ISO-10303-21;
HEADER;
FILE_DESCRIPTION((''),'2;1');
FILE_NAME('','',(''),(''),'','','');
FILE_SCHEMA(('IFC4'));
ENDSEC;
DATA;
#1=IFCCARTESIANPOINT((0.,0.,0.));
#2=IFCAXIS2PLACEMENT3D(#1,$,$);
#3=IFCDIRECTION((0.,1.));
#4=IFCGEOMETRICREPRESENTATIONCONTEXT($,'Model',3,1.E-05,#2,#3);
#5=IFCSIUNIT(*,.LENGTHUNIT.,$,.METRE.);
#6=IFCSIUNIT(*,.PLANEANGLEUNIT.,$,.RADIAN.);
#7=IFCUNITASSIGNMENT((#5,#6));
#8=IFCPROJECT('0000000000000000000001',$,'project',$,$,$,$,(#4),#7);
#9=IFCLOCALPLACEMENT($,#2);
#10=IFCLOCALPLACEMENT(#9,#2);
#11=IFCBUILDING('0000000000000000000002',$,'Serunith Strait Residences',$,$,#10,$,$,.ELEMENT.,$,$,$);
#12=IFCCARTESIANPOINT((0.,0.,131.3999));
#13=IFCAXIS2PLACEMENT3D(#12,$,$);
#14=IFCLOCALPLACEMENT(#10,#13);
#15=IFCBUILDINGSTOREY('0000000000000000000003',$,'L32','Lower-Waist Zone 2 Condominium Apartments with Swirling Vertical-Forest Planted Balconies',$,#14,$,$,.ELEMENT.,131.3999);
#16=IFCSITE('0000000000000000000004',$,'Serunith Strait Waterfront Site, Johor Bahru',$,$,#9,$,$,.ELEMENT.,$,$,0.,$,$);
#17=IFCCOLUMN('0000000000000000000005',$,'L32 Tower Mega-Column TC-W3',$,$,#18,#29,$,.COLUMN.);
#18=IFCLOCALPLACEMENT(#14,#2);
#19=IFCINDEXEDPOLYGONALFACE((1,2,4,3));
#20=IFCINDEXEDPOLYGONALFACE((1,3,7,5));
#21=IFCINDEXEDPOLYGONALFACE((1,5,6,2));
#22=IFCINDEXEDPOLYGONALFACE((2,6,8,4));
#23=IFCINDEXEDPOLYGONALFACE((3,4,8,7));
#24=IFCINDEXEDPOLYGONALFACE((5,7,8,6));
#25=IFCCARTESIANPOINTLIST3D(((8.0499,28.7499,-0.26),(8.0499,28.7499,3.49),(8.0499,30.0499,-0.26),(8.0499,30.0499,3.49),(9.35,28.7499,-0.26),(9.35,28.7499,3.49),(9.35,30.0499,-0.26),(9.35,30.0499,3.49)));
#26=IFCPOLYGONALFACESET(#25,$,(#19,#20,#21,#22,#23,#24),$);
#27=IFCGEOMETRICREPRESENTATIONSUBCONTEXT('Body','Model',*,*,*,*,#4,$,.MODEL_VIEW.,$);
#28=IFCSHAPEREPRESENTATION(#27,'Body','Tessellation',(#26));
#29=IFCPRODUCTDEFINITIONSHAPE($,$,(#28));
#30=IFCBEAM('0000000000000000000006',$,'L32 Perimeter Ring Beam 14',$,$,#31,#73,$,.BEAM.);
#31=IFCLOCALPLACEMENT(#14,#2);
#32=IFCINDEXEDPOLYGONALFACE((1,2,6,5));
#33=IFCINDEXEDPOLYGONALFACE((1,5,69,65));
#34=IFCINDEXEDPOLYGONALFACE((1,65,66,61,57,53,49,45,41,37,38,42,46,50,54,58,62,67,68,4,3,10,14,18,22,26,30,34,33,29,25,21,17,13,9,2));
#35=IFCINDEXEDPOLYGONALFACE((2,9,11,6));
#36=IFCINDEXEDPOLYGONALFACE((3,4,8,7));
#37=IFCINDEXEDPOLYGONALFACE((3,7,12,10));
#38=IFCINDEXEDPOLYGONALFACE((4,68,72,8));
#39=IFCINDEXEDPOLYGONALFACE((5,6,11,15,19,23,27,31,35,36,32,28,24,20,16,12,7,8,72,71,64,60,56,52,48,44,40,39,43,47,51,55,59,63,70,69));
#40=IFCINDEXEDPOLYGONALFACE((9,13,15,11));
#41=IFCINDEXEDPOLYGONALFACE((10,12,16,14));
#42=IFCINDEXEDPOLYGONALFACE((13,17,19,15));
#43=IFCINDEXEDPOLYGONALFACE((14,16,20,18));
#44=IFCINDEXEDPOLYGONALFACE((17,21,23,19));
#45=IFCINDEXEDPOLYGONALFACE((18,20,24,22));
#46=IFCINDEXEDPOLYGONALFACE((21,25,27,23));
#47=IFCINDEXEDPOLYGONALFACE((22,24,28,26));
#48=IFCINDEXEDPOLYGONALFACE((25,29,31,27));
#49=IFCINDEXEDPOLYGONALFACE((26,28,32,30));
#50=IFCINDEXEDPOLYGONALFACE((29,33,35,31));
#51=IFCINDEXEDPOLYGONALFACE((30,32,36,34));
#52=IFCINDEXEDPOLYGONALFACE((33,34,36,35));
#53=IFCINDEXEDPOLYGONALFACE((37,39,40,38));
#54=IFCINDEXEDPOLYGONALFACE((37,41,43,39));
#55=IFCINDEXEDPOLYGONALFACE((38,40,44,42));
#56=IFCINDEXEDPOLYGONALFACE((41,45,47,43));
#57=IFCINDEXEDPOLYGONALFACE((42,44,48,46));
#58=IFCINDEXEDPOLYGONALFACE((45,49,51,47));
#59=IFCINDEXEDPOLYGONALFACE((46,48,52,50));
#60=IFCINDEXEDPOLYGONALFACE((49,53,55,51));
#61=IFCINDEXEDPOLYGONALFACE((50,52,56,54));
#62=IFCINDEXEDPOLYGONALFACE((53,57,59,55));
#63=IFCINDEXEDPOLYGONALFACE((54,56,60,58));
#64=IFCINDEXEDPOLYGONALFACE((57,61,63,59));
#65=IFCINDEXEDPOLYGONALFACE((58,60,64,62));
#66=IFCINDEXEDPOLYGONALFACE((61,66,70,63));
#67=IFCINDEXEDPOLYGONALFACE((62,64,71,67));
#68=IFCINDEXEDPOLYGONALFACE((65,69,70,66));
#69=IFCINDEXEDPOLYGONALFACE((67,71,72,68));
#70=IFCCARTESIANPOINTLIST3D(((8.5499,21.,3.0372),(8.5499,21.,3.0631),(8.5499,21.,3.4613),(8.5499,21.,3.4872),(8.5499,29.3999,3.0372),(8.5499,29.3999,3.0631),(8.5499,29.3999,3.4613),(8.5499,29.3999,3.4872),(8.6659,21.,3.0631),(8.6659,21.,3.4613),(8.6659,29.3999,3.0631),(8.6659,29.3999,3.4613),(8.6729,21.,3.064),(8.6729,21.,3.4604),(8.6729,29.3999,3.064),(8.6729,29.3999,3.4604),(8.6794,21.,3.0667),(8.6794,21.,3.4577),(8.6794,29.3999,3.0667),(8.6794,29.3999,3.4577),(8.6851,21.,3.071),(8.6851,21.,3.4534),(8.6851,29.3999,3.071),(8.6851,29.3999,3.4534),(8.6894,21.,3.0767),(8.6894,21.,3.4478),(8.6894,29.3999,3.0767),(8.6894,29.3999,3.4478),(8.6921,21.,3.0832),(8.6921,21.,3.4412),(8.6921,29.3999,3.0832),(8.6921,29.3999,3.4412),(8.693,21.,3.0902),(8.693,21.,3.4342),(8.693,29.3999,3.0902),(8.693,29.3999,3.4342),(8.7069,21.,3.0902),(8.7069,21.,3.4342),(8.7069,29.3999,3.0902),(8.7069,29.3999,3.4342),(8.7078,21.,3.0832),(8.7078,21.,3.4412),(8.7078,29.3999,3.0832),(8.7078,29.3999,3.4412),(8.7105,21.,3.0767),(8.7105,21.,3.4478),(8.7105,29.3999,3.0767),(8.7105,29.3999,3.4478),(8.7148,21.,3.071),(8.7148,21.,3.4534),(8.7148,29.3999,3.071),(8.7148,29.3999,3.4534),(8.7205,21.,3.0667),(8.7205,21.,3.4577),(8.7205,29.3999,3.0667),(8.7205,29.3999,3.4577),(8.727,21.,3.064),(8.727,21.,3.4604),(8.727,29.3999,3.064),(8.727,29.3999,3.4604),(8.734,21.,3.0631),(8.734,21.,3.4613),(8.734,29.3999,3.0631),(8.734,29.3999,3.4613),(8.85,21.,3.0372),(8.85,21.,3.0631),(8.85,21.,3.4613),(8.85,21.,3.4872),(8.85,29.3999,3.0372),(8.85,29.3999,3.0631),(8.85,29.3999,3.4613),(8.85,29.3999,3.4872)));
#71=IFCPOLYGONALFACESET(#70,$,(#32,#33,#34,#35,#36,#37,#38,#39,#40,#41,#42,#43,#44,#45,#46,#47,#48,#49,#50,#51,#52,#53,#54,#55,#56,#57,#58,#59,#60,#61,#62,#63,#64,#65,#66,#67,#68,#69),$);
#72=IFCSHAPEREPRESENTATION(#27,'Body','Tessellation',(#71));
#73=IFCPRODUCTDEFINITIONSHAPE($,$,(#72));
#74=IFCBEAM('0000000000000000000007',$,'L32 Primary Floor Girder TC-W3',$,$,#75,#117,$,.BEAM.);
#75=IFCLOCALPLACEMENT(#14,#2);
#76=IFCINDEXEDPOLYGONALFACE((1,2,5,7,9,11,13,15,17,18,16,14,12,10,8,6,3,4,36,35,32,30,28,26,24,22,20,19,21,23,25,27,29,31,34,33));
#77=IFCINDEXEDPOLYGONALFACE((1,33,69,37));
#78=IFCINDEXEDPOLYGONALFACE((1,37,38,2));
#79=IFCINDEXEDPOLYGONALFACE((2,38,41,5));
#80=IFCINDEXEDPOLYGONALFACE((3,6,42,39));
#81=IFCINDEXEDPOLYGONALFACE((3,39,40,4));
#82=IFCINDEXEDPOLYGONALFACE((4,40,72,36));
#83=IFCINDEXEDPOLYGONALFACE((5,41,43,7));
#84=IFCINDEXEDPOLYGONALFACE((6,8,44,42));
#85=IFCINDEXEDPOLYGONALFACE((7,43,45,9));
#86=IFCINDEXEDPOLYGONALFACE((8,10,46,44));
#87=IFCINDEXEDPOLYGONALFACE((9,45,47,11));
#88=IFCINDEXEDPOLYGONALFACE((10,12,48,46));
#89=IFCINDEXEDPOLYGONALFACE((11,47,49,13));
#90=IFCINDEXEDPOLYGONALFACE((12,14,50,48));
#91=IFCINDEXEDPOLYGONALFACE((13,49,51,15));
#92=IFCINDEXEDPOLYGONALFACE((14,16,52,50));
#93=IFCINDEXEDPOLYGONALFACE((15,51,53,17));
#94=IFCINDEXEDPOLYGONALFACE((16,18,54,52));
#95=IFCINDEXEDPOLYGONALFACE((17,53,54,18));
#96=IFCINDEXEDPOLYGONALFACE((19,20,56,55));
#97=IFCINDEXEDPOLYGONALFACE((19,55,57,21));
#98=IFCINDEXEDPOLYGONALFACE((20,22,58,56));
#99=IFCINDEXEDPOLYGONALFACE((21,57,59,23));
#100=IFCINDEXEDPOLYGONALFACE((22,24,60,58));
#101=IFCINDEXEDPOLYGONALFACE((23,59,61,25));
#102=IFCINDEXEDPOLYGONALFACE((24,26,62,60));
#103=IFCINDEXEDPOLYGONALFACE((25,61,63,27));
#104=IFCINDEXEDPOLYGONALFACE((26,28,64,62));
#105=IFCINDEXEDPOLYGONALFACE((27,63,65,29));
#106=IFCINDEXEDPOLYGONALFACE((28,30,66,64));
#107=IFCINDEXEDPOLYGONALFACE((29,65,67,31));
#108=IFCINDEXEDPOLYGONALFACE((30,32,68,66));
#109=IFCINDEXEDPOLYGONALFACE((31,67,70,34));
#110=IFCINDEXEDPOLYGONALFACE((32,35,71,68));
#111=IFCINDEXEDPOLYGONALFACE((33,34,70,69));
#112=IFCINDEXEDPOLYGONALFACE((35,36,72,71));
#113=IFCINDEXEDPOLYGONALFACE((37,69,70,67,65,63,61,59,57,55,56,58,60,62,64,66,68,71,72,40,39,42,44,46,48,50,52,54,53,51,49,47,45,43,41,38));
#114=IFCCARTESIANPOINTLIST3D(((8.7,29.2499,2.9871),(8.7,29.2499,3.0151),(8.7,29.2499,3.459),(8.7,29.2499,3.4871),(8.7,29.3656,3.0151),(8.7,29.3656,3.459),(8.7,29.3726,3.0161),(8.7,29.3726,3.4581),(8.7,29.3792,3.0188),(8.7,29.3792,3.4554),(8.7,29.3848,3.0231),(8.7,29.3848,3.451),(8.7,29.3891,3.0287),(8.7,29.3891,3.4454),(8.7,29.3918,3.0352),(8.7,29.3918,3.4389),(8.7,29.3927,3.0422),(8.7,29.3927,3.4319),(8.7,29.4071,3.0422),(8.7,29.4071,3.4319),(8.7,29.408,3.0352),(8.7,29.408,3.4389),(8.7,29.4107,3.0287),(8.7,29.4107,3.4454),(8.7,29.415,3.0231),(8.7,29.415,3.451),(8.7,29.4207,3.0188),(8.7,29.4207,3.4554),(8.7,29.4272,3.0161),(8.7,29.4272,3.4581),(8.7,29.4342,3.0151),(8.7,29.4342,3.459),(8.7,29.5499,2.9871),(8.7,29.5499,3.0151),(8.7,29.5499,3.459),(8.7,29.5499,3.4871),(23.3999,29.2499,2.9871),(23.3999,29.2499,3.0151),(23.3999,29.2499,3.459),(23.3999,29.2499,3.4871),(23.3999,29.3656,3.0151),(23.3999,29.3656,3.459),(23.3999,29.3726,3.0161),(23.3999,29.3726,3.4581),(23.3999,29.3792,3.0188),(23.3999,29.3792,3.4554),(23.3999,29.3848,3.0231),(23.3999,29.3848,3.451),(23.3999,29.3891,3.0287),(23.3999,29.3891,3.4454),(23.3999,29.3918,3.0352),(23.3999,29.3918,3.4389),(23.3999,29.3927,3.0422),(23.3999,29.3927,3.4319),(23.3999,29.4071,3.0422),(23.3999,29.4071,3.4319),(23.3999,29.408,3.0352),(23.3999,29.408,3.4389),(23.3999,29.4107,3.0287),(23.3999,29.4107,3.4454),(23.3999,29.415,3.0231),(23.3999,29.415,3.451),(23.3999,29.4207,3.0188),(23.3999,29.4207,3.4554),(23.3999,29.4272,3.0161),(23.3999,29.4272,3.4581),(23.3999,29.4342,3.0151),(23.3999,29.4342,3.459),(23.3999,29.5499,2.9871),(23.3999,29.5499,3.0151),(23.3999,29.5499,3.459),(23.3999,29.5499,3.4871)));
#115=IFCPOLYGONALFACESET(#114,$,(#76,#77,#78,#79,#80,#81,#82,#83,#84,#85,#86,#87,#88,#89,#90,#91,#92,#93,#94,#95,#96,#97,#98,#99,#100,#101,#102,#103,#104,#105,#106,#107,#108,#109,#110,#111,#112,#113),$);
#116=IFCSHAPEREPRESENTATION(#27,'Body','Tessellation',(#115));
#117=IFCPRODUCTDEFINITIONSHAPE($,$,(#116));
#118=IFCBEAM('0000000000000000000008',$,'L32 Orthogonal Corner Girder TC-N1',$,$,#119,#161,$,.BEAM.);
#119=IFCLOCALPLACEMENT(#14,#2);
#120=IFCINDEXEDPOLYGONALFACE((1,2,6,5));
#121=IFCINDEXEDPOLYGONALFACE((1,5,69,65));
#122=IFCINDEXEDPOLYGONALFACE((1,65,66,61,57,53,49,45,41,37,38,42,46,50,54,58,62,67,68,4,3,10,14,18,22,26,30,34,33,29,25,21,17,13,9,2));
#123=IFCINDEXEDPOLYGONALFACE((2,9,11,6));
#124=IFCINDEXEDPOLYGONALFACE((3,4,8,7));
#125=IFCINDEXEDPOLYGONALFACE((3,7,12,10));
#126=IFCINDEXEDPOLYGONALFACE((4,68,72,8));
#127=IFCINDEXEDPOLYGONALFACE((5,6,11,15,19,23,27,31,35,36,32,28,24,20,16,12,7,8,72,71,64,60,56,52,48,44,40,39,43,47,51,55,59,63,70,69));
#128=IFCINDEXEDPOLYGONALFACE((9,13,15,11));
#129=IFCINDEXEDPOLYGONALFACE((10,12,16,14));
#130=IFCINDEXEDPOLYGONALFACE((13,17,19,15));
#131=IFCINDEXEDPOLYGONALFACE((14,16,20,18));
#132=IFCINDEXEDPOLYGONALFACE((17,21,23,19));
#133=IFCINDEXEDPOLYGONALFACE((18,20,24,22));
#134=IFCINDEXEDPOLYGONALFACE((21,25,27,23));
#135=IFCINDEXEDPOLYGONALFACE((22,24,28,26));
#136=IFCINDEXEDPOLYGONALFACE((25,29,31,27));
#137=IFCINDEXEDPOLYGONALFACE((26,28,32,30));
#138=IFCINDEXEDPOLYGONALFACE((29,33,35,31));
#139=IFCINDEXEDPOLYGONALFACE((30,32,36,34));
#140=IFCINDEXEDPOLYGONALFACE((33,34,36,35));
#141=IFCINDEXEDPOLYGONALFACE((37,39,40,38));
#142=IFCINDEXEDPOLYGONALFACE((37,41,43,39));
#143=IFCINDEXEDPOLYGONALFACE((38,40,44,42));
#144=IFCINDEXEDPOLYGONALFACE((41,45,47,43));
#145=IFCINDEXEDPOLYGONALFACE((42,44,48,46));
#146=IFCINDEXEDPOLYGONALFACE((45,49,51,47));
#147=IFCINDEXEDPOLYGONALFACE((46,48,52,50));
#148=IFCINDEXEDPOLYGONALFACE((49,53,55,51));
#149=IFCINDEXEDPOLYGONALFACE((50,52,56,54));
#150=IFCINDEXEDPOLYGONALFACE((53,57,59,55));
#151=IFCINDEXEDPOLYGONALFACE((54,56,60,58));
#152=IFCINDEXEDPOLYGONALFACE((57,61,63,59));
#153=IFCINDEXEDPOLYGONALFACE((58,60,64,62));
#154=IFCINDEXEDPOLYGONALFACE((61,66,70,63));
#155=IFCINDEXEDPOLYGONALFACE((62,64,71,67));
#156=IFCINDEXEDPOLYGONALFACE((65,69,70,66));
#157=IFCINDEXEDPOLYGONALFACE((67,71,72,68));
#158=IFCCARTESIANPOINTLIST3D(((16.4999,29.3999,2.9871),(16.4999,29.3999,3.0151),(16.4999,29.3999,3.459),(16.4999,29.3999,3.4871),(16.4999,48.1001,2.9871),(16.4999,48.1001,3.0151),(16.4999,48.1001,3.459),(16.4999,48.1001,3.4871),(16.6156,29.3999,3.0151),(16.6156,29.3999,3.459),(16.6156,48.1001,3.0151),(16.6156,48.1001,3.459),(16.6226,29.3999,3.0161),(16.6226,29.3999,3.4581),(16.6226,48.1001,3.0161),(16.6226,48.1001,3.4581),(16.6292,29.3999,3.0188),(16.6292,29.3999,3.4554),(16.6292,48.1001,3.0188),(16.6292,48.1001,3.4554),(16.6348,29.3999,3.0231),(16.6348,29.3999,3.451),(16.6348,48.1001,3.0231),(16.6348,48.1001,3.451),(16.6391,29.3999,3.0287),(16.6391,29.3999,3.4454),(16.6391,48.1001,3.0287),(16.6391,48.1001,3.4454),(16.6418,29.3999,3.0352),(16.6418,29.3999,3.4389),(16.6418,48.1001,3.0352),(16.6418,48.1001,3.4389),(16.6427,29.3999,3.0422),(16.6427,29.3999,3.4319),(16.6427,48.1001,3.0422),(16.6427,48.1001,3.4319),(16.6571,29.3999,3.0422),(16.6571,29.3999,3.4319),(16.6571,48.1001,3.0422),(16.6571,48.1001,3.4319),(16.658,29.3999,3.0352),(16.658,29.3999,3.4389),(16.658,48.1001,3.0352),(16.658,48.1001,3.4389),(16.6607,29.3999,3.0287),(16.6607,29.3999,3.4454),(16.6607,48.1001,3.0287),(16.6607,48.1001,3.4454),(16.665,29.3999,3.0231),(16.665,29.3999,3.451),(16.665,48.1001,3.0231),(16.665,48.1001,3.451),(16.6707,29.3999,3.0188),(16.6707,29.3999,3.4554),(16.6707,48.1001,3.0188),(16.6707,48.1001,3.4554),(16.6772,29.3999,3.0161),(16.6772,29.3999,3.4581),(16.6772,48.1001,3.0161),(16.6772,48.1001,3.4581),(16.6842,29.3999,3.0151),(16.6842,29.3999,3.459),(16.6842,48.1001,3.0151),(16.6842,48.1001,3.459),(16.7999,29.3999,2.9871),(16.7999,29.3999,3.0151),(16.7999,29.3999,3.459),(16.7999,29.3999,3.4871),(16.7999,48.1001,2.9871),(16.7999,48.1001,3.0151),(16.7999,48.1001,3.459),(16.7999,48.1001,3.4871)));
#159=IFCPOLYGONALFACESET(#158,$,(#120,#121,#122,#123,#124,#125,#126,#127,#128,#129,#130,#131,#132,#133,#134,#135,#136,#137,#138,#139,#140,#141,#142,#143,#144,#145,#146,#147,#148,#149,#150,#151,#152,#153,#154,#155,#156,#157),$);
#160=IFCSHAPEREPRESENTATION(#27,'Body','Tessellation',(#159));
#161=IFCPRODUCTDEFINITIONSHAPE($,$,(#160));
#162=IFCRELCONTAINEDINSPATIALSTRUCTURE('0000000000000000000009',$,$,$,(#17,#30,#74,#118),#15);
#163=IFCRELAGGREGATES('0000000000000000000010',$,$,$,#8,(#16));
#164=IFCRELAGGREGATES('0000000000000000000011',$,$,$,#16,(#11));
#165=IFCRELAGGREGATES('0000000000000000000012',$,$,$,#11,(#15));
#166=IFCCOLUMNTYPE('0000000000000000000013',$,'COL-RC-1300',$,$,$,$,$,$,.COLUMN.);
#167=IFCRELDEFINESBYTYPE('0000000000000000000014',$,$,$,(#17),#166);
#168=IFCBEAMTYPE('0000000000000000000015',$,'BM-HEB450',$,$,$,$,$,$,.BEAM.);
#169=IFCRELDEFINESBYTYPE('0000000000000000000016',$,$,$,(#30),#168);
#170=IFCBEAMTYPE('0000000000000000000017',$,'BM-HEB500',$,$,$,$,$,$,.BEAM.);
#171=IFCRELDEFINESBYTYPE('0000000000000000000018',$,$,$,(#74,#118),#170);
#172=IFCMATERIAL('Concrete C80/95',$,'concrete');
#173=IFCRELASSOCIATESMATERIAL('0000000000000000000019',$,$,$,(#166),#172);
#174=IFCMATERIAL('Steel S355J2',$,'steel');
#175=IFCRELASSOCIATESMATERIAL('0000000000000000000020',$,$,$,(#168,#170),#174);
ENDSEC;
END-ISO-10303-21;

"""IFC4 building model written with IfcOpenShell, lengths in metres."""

from ifc_helpers import new_model, si_unit, direction, frame, origin, origin_2d, place, context, subcontext, project, spatial, rectangle, i_section, extrude, source, transform, mapped, material, material_profile, profile_set, type_object, element, save


model = new_model("IFC4")

# Units and contexts
model_context = context("Model", 3, precision=1e-05, world=origin(), true_north=direction((0.0, 1.0)))
body_context = subcontext(model_context, "Body", "Model", "MODEL_VIEW")
ifc_project = project(units=[si_unit("LENGTHUNIT", "METRE"), si_unit("PLANEANGLEUNIT", "RADIAN")], contexts=[model_context])

# Site, building, storey
site_placement = place(None, origin())
site = spatial("IfcSite", under=ifc_project, at=site_placement, Name="Serunith Strait Waterfront Site, Johor Bahru", CompositionType="ELEMENT", RefElevation=0.0)
building_placement = place(site_placement, origin())
building = spatial("IfcBuilding", under=site, at=building_placement, Name="Serunith Strait Residences", CompositionType="ELEMENT")
storey_placement = place(building_placement, frame((0.0, 0.0, 131.3999)))
storey = spatial("IfcBuildingStorey", under=building, at=storey_placement, Name="L32", Description="Lower-Waist Zone 2 Condominium Apartments with Swirling Vertical-Forest Planted Balconies", CompositionType="ELEMENT", Elevation=131.3999)

# Column
ifc_material_1 = material(Name="Concrete C80/95", Category="concrete")
ifc_material_profile_1 = material_profile(ifc_material_1, rectangle(XDim=1.3, YDim=1.3, at=origin_2d()), Name="RC 1300x1300")
ifc_profile_set_1 = profile_set([ifc_material_profile_1], Name="Concrete C80/95")
column_type = type_object("IfcColumnType", Name="COL-RC-1300", PredefinedType="COLUMN", material=ifc_profile_set_1)
shared_shape_1 = source(origin(), body_context, "Body", "SweptSolid", [
    extrude(rectangle(XDim=1.3, YDim=1.3, at=origin_2d()), origin(), (0.0, 0.0, 1.0), 3.75),
])
column_placement = place(storey_placement, frame((8.7, 29.3999, -0.26), z_axis=(0.0, 0.0, 1.0), x_axis=(1.0, 0.0, 0.0)))
element("IfcColumn", 1, at=column_placement, inside=storey, type_object=column_type, Name="L32 Tower Mega-Column TC-W3", PredefinedType="COLUMN", context=body_context, shape_type="MappedRepresentation", body=[
    mapped(shared_shape_1, transform((0.0, 0.0, 0.0), scale=1.0)),
])

# Beams
ifc_material_2 = material(Name="Steel S355J2", Category="steel")
ifc_material_profile_2 = material_profile(ifc_material_2, i_section(OverallWidth=0.3, OverallDepth=0.45, WebThickness=0.0139, FlangeThickness=0.0259, FilletRadius=0.0271, at=origin_2d()), Name="HEB 450")
ifc_profile_set_2 = profile_set([ifc_material_profile_2], Name="Steel S355J2")
beam_type_1 = type_object("IfcBeamType", Name="BM-HEB450", PredefinedType="BEAM", material=ifc_profile_set_2)
shared_shape_2 = source(origin(), body_context, "Body", "SweptSolid", [
    extrude(i_section(OverallWidth=0.3, OverallDepth=0.45, WebThickness=0.0139, FlangeThickness=0.0259, FilletRadius=0.0271, at=origin_2d()), origin(), (0.0, 0.0, 1.0), 8.3999),
])
beam_1_placement = place(storey_placement, frame((8.7, 29.3999, 3.2622), z_axis=(0.0, -1.0, 0.0), x_axis=(1.0, 0.0, 0.0)))
element("IfcBeam", 2, at=beam_1_placement, inside=storey, type_object=beam_type_1, Name="L32 Perimeter Ring Beam 14", PredefinedType="BEAM", context=body_context, shape_type="MappedRepresentation", body=[
    mapped(shared_shape_2, transform((0.0, 0.0, 0.0), scale=1.0)),
])
ifc_material_profile_3 = material_profile(ifc_material_2, i_section(OverallWidth=0.3, OverallDepth=0.5, WebThickness=0.0144, FlangeThickness=0.0281, FilletRadius=0.0271, at=origin_2d()), Name="HEB 500")
ifc_profile_set_3 = profile_set([ifc_material_profile_3], Name="Steel S355J2")
beam_type_2 = type_object("IfcBeamType", Name="BM-HEB500", PredefinedType="BEAM", material=ifc_profile_set_3)
shared_shape_3 = source(origin(), body_context, "Body", "SweptSolid", [
    extrude(i_section(OverallWidth=0.3, OverallDepth=0.5, WebThickness=0.0144, FlangeThickness=0.0281, FilletRadius=0.0271, at=origin_2d()), origin(), (0.0, 0.0, 1.0), 14.7),
])
beam_2_placement = place(storey_placement, frame((23.3999, 29.3999, 3.2371), z_axis=(-1.0, 0.0, 0.0), x_axis=(0.0, -1.0, 0.0)))
element("IfcBeam", 3, at=beam_2_placement, inside=storey, type_object=beam_type_2, Name="L32 Primary Floor Girder TC-W3", PredefinedType="BEAM", context=body_context, shape_type="MappedRepresentation", body=[
    mapped(shared_shape_3, transform((0.0, 0.0, 0.0), scale=1.0)),
])
shared_shape_4 = source(origin(), body_context, "Body", "SweptSolid", [
    extrude(i_section(OverallWidth=0.3, OverallDepth=0.5, WebThickness=0.0144, FlangeThickness=0.0281, FilletRadius=0.0271, at=origin_2d()), origin(), (0.0, 0.0, 1.0), 18.7002),
])
beam_3_placement = place(storey_placement, frame((16.6499, 29.3999, 3.2371), z_axis=(0.0, 1.0, 0.0), x_axis=(-1.0, 0.0, 0.0)))
element("IfcBeam", 4, at=beam_3_placement, inside=storey, type_object=beam_type_2, Name="L32 Orthogonal Corner Girder TC-N1", PredefinedType="BEAM", context=body_context, shape_type="MappedRepresentation", body=[
    mapped(shared_shape_4, transform((0.0, 0.0, 0.0), scale=1.0)),
])

save(model, "model.ifc")
